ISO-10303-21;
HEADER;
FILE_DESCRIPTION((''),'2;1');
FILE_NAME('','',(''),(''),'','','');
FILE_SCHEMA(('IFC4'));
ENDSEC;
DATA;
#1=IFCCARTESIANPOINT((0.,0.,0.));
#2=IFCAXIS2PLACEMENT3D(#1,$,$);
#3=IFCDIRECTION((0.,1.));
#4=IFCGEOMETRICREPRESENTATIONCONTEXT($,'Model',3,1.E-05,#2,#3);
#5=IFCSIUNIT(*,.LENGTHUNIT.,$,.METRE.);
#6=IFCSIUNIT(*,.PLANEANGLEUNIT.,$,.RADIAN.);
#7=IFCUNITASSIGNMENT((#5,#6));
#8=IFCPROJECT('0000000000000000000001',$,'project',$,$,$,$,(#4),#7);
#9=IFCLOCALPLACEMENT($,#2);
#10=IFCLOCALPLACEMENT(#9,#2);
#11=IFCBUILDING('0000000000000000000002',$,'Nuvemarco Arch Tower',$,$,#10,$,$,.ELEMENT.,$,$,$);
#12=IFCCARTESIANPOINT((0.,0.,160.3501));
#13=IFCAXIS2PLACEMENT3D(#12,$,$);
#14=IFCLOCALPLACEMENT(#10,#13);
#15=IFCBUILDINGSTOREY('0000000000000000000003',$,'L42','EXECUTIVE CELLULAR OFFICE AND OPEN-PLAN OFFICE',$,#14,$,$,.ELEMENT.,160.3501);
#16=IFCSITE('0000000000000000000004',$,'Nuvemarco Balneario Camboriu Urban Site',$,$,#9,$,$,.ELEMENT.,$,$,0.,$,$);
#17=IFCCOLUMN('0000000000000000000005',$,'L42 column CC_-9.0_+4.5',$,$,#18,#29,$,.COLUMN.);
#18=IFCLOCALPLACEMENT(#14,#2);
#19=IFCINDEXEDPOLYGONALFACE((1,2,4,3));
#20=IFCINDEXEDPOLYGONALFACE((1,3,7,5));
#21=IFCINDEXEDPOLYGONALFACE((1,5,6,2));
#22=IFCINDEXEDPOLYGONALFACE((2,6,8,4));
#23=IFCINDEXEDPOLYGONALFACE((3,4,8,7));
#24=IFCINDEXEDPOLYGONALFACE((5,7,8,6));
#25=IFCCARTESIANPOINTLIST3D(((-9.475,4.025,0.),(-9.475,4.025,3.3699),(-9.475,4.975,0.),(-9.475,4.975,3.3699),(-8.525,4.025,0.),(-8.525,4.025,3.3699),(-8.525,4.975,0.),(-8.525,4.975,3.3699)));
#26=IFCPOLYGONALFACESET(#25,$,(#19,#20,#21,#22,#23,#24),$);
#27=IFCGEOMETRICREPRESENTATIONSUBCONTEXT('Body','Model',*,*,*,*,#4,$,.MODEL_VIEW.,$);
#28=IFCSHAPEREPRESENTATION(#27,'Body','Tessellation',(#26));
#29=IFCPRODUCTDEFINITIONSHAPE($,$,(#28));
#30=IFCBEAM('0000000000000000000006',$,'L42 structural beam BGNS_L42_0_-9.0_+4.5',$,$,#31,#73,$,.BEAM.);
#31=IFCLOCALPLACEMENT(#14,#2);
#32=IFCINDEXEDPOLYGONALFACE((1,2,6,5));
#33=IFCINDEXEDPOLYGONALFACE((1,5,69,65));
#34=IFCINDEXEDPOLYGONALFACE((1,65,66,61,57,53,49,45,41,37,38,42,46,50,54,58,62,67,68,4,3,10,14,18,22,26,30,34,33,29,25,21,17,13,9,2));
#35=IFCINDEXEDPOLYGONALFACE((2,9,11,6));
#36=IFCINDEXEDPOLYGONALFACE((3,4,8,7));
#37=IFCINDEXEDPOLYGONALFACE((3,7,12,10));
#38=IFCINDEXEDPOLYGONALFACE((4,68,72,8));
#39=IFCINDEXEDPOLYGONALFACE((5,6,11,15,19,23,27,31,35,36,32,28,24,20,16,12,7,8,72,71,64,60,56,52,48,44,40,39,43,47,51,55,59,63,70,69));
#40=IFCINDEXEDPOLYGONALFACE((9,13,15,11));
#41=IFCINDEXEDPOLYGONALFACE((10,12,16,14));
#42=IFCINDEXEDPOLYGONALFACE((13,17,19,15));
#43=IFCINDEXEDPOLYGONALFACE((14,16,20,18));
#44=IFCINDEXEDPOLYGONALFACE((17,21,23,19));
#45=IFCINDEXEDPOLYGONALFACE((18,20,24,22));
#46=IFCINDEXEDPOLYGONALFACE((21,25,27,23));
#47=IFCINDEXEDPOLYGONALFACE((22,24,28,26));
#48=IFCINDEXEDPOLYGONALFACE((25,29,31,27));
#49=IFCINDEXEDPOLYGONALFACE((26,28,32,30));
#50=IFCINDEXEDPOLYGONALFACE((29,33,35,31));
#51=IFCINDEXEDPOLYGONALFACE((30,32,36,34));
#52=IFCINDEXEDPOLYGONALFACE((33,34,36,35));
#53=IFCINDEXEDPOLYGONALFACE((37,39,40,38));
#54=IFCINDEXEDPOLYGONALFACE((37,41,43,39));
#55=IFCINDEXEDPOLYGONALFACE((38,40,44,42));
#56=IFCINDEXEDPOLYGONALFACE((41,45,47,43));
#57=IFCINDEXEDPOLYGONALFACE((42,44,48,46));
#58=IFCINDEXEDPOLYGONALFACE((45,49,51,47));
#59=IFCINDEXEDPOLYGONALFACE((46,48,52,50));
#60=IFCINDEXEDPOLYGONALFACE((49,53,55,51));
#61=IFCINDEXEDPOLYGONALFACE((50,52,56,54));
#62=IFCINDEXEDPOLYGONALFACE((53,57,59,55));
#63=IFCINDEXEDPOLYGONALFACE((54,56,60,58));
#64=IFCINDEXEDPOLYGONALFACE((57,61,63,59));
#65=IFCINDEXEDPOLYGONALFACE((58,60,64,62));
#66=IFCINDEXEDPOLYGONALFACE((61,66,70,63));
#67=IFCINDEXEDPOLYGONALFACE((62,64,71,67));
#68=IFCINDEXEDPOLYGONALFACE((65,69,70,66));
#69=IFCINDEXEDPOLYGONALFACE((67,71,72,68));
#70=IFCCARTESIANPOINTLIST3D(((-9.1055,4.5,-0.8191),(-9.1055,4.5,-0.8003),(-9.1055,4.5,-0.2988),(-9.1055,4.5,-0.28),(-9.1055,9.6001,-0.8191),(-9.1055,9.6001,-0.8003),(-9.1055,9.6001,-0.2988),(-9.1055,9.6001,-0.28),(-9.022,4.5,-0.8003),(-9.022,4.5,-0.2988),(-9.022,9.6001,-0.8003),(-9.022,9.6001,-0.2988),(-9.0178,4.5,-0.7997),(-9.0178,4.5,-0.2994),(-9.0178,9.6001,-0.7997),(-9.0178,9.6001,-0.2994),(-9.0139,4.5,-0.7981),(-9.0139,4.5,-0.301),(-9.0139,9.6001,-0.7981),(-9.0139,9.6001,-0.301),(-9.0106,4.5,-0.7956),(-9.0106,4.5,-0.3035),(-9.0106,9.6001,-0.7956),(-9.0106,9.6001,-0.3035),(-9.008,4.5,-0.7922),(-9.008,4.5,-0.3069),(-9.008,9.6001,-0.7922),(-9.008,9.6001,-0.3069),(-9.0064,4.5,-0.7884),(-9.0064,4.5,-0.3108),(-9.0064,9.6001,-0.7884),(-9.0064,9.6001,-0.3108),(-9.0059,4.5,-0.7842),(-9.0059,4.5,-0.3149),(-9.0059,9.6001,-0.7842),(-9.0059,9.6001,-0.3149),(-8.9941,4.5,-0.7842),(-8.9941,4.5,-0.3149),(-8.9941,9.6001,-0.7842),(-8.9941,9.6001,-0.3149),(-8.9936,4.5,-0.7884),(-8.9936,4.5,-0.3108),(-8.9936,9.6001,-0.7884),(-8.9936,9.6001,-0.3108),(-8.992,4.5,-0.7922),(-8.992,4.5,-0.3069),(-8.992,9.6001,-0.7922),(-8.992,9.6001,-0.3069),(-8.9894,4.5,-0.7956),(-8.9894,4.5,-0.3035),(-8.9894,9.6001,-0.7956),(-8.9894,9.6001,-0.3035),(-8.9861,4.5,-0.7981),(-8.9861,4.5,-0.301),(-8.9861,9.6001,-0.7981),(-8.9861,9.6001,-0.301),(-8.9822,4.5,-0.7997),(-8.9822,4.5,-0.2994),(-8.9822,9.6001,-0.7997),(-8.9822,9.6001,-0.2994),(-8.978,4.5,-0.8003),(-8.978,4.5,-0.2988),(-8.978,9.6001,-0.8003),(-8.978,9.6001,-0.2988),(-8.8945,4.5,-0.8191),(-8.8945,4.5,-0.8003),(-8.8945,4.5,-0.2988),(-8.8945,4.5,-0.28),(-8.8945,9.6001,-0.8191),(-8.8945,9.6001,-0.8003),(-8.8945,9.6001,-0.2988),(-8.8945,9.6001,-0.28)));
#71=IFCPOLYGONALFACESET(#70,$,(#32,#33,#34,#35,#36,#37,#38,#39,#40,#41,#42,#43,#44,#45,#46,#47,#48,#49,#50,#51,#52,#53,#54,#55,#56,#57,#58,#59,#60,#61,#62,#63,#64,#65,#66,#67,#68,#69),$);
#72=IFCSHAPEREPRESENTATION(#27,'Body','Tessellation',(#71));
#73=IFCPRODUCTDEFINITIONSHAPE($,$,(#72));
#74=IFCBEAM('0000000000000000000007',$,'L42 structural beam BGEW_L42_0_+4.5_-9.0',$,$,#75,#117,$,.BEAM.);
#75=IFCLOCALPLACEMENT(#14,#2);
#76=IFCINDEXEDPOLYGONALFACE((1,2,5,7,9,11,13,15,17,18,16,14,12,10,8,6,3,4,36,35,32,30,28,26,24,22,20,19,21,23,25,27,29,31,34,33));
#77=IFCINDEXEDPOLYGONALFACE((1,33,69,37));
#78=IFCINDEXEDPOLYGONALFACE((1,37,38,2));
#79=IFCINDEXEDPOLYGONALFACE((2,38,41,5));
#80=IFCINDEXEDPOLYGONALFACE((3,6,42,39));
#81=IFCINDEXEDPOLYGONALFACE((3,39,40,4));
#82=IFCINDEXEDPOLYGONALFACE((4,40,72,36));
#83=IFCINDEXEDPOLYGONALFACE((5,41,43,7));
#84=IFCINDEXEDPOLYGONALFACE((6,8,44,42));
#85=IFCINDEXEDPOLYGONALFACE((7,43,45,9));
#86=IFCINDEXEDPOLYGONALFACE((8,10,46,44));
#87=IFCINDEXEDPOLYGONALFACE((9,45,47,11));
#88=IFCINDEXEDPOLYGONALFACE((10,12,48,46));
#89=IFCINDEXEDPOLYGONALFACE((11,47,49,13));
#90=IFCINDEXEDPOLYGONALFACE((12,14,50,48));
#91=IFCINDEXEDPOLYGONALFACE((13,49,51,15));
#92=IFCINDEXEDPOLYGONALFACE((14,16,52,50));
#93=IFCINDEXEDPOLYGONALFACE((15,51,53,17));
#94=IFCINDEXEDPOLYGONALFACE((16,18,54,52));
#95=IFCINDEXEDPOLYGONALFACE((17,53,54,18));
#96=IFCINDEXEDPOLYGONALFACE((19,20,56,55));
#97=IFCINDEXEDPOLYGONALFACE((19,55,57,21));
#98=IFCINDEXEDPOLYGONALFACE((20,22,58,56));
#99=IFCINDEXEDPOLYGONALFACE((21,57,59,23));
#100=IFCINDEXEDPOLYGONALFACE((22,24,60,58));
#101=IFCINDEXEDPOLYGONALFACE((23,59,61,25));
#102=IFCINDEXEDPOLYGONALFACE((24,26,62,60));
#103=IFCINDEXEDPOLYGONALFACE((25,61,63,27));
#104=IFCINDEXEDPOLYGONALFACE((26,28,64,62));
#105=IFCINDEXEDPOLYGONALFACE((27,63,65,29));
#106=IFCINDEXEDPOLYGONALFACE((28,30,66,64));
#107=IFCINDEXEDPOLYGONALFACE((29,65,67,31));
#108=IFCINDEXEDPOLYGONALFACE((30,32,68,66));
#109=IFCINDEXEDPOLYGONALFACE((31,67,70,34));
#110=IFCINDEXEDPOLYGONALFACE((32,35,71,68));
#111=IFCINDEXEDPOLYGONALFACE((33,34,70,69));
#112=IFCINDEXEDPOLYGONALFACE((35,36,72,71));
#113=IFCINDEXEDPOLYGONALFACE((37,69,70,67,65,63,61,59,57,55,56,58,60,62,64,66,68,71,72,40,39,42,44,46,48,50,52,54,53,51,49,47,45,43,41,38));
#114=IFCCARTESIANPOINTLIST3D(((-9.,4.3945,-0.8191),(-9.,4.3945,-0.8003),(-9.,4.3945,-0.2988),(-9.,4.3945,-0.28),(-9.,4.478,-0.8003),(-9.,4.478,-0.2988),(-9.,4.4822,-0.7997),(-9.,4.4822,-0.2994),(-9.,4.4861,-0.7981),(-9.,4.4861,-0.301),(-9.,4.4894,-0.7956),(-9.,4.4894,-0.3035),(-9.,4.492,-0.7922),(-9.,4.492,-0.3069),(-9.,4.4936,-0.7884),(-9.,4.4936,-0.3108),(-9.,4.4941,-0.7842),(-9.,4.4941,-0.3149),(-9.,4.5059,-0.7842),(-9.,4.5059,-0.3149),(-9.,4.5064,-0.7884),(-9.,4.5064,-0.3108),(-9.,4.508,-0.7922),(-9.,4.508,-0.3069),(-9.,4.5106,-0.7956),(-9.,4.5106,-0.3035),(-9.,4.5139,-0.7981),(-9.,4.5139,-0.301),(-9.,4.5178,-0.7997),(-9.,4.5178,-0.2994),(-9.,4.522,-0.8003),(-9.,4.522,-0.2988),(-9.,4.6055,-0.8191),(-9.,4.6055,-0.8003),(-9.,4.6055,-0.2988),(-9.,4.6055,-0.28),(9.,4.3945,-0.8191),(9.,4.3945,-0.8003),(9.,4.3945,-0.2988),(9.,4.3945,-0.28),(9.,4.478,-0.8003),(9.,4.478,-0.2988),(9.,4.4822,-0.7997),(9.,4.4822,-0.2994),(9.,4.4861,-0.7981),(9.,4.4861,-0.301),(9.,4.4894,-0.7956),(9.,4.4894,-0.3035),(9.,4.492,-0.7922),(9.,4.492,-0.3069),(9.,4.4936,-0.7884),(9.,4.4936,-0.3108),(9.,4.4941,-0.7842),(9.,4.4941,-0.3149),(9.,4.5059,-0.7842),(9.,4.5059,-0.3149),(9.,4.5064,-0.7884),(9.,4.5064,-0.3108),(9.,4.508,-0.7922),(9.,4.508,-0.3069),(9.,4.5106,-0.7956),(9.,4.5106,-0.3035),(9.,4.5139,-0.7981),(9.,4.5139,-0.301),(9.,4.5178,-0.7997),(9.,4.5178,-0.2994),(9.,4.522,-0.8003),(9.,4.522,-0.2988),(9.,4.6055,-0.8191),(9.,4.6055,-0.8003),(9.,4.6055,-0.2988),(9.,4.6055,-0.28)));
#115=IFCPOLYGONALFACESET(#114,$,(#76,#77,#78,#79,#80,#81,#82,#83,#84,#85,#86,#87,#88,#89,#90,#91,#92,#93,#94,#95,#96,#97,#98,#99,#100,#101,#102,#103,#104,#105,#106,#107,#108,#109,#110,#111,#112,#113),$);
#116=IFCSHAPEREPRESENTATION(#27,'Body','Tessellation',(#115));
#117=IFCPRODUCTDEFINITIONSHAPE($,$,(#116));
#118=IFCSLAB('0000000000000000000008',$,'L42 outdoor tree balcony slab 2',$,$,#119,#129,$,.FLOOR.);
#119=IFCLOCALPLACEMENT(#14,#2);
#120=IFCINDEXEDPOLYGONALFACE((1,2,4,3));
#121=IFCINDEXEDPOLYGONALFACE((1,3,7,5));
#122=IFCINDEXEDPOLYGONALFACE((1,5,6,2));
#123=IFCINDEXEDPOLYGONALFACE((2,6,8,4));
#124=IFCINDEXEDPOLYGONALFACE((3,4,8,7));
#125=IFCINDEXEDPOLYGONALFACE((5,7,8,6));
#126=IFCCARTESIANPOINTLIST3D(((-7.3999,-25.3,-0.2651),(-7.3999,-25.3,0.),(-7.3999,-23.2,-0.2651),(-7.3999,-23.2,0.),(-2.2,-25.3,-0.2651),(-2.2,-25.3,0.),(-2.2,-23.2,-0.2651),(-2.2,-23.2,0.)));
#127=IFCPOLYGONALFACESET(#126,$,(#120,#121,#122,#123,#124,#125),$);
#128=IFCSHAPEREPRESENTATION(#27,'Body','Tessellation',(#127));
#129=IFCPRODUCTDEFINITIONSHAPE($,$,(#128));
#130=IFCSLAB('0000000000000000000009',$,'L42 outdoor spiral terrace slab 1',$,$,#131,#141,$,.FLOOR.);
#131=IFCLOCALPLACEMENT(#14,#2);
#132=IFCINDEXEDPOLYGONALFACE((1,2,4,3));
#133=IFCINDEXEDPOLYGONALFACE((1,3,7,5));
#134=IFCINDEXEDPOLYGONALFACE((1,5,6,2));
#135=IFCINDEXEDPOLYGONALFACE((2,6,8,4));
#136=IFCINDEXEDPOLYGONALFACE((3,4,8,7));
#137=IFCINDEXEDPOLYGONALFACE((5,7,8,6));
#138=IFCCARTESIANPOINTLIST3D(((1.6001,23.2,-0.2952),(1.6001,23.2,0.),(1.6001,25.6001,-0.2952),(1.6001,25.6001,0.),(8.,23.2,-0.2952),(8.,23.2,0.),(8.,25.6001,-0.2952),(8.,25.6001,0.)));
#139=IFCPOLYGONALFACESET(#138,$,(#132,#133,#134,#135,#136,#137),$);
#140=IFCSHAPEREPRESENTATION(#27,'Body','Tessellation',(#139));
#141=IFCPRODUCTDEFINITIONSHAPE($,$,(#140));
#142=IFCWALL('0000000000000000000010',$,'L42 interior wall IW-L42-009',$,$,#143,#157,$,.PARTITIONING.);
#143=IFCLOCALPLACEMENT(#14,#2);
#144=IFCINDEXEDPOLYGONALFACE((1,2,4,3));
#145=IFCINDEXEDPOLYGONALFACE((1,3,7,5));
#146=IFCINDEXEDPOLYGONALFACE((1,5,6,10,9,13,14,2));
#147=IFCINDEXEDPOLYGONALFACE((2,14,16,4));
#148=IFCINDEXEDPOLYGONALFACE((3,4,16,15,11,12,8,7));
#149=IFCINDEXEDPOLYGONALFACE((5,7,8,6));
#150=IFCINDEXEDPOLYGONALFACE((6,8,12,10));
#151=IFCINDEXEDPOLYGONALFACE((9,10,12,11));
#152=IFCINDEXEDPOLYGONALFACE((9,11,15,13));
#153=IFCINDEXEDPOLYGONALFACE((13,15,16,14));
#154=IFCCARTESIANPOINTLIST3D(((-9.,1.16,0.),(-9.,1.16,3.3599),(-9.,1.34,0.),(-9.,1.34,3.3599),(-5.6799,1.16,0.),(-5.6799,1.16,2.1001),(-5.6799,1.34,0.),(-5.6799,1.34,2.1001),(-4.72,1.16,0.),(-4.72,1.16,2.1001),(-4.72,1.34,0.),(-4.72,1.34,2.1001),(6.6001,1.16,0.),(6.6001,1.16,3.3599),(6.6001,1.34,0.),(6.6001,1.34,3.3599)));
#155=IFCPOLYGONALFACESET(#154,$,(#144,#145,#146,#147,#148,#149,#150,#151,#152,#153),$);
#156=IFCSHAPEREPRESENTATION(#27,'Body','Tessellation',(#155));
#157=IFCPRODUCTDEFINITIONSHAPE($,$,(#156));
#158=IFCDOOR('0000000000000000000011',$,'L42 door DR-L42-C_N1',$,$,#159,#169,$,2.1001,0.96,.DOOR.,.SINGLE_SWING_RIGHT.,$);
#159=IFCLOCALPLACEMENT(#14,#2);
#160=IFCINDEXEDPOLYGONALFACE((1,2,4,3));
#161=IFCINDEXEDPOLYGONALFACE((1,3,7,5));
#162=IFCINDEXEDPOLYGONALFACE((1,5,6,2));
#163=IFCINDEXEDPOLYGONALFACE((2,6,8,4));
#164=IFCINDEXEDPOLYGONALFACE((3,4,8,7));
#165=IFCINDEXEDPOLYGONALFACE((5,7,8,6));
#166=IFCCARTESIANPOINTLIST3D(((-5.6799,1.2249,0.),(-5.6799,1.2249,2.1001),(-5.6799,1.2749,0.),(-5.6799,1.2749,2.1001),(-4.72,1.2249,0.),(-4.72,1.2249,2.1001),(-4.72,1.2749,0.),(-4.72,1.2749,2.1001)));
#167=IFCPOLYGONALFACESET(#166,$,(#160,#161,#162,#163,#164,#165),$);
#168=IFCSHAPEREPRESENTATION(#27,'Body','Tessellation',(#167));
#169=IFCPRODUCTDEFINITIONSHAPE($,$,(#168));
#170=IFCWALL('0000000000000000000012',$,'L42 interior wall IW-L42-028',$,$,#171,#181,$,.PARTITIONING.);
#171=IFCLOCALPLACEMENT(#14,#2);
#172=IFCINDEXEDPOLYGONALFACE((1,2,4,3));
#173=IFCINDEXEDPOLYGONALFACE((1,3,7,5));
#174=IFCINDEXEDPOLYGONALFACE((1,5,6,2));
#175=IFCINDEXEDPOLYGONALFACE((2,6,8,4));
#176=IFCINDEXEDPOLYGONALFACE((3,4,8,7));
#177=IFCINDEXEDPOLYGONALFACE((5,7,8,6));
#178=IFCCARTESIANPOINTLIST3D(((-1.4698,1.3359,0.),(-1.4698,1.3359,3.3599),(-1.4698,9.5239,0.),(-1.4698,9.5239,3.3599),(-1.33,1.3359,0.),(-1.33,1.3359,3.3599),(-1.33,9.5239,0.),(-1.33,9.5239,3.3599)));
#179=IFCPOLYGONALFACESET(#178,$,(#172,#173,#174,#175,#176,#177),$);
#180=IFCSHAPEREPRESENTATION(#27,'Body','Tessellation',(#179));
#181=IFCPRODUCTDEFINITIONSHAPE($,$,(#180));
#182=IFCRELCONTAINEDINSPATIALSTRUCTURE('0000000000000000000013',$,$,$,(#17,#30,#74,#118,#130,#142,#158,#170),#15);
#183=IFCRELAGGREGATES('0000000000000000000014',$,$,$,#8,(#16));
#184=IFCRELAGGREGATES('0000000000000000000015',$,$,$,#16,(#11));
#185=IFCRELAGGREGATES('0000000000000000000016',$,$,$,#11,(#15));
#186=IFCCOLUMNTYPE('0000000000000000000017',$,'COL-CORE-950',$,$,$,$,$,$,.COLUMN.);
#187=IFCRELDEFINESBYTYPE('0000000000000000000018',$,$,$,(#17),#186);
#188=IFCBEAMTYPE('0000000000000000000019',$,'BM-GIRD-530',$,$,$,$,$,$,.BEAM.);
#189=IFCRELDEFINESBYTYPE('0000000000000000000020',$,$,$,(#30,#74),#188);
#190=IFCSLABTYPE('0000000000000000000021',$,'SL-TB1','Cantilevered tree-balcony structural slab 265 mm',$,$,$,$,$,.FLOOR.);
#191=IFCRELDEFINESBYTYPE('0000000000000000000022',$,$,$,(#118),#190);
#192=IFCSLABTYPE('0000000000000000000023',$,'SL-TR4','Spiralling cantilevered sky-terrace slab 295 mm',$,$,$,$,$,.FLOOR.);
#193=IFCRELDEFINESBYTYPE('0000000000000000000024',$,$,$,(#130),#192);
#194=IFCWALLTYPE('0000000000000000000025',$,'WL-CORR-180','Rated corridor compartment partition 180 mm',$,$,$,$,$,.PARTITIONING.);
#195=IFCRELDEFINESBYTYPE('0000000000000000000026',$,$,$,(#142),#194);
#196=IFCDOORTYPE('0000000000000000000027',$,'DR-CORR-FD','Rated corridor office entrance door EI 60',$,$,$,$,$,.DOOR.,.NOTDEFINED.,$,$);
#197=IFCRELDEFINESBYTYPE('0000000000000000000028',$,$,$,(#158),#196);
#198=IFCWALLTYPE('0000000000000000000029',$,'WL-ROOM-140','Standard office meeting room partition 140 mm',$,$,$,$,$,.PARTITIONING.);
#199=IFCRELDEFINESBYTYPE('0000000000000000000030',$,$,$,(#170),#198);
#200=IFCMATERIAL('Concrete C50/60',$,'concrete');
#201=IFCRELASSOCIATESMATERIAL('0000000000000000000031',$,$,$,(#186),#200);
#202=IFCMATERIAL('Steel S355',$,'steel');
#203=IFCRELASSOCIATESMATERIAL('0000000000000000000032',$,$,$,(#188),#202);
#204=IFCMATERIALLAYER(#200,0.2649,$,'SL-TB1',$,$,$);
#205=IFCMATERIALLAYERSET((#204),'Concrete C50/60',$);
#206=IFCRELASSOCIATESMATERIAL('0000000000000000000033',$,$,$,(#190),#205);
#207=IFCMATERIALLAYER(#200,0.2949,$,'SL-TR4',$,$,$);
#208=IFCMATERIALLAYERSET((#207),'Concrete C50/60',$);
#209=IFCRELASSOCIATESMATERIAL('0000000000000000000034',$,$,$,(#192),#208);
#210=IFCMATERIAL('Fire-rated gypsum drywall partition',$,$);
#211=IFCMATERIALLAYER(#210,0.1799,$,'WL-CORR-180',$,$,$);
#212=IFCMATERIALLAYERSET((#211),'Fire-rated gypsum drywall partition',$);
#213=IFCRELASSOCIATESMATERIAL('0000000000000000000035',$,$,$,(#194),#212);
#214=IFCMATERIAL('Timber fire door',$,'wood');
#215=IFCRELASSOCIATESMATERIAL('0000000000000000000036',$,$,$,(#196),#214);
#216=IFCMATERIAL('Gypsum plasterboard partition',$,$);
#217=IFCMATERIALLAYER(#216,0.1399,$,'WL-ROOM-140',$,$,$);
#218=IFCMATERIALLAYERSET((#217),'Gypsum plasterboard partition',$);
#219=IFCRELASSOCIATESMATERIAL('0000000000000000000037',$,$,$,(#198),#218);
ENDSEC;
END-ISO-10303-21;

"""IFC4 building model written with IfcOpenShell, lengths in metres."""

from ifc_helpers import new_model, si_unit, direction, frame, frame_2d, origin, origin_2d, place, context, subcontext, project, spatial, polyline, rectangle, i_section, outline, extrude, source, transform, mapped, material, layer, layer_set, material_profile, profile_set, type_object, type_shapes, element, fill, save


model = new_model("IFC4")

# Units and contexts
model_context = context("Model", 3, precision=1e-05, world=origin(), true_north=direction((0.0, 1.0)))
body_context = subcontext(model_context, "Body", "Model", "MODEL_VIEW")
ifc_project = project(units=[si_unit("LENGTHUNIT", "METRE"), si_unit("PLANEANGLEUNIT", "RADIAN")], contexts=[model_context])

# Site, building, storey
site_placement = place(None, origin())
site = spatial("IfcSite", under=ifc_project, at=site_placement, Name="Nuvemarco Balneario Camboriu Urban Site", CompositionType="ELEMENT", RefElevation=0.0)
building_placement = place(site_placement, origin())
building = spatial("IfcBuilding", under=site, at=building_placement, Name="Nuvemarco Arch Tower", CompositionType="ELEMENT")
storey_placement = place(building_placement, frame((0.0, 0.0, 160.3501)))
storey = spatial("IfcBuildingStorey", under=building, at=storey_placement, Name="L42", Description="EXECUTIVE CELLULAR OFFICE AND OPEN-PLAN OFFICE", CompositionType="ELEMENT", Elevation=160.3501)

# Column
ifc_material_1 = material(Name="Concrete C50/60", Category="concrete")
ifc_material_profile_1 = material_profile(ifc_material_1, rectangle(XDim=0.95, YDim=0.95, at=origin_2d()), Name="RC-COL-950x950")
ifc_profile_set_1 = profile_set([ifc_material_profile_1], Name="Concrete C50/60")
column_type = type_object("IfcColumnType", Name="COL-CORE-950", PredefinedType="COLUMN", material=ifc_profile_set_1)
column_placement = place(storey_placement, frame((-9.0, 4.5, 0.0), z_axis=(0.0, 0.0, 1.0), x_axis=(1.0, 0.0, 0.0)))
element("IfcColumn", 1, at=column_placement, inside=storey, type_object=column_type, Name="L42 column CC_-9.0_+4.5", PredefinedType="COLUMN", context=body_context, shape_type="SweptSolid", body=[
    extrude(rectangle(XDim=0.95, YDim=0.95, at=origin_2d()), origin(), (0.0, 0.0, 1.0), 3.3699),
])

# Beams
ifc_material_2 = material(Name="Steel S355", Category="steel")
ifc_material_profile_2 = material_profile(ifc_material_2, i_section(OverallWidth=0.2109, OverallDepth=0.5391, WebThickness=0.0117, FlangeThickness=0.0188, FilletRadius=0.0161, at=origin_2d()), Name="W530x109")
ifc_profile_set_2 = profile_set([ifc_material_profile_2], Name="Steel S355")
beam_type = type_object("IfcBeamType", Name="BM-GIRD-530", PredefinedType="BEAM", material=ifc_profile_set_2)
beam_1_placement = place(storey_placement, frame((-9.0, 4.5, -0.5496), z_axis=(0.0, 1.0, 0.0), x_axis=(-1.0, 0.0, 0.0)))
element("IfcBeam", 2, at=beam_1_placement, inside=storey, type_object=beam_type, Name="L42 structural beam BGNS_L42_0_-9.0_+4.5", PredefinedType="BEAM", context=body_context, shape_type="SweptSolid", body=[
    extrude(i_section(OverallWidth=0.2109, OverallDepth=0.5391, WebThickness=0.0117, FlangeThickness=0.0188, FilletRadius=0.0161, at=origin_2d()), origin(), (0.0, 0.0, 1.0), 5.1001),
])
beam_2_placement = place(storey_placement, frame((-9.0, 4.5, -0.5496), z_axis=(1.0, 0.0, 0.0), x_axis=(0.0, 1.0, 0.0)))
element("IfcBeam", 3, at=beam_2_placement, inside=storey, type_object=beam_type, Name="L42 structural beam BGEW_L42_0_+4.5_-9.0", PredefinedType="BEAM", context=body_context, shape_type="SweptSolid", body=[
    extrude(i_section(OverallWidth=0.2109, OverallDepth=0.5391, WebThickness=0.0117, FlangeThickness=0.0188, FilletRadius=0.0161, at=origin_2d()), origin(), (0.0, 0.0, 1.0), 18.0),
])

# Slabs
ifc_layer_1 = layer(ifc_material_1, 0.2649, Name="SL-TB1")
ifc_layer_set_1 = layer_set([ifc_layer_1], Name="Concrete C50/60")
slab_type_1 = type_object("IfcSlabType", Name="SL-TB1", Description="Cantilevered tree-balcony structural slab 265 mm", PredefinedType="FLOOR", material=ifc_layer_set_1)
slab_1_placement = place(storey_placement, frame((0.0, 0.0, -0.2651)))
element("IfcSlab", 4, at=slab_1_placement, inside=storey, type_object=slab_type_1, Name="L42 outdoor tree balcony slab 2", PredefinedType="FLOOR", context=body_context, shape_type="SweptSolid", body=[
    extrude(outline(polyline([(-7.3999, -25.3), (-2.2, -25.3), (-2.2, -23.2), (-7.3999, -23.2), (-7.3999, -25.3)])), origin(), (0.0, 0.0, 1.0), 0.2651),
])
ifc_layer_2 = layer(ifc_material_1, 0.2949, Name="SL-TR4")
ifc_layer_set_2 = layer_set([ifc_layer_2], Name="Concrete C50/60")
slab_type_2 = type_object("IfcSlabType", Name="SL-TR4", Description="Spiralling cantilevered sky-terrace slab 295 mm", PredefinedType="FLOOR", material=ifc_layer_set_2)
slab_2_placement = place(storey_placement, frame((0.0, 0.0, -0.2952)))
element("IfcSlab", 5, at=slab_2_placement, inside=storey, type_object=slab_type_2, Name="L42 outdoor spiral terrace slab 1", PredefinedType="FLOOR", context=body_context, shape_type="SweptSolid", body=[
    extrude(outline(polyline([(1.6001, 23.2), (8.0, 23.2), (8.0, 25.6001), (1.6001, 25.6001), (1.6001, 23.2)])), origin(), (0.0, 0.0, 1.0), 0.2952),
])

# Wall, opening, door
ifc_material_3 = material(Name="Fire-rated gypsum drywall partition")
ifc_layer_3 = layer(ifc_material_3, 0.1799, Name="WL-CORR-180")
ifc_layer_set_3 = layer_set([ifc_layer_3], Name="Fire-rated gypsum drywall partition")
wall_type_1 = type_object("IfcWallType", Name="WL-CORR-180", Description="Rated corridor compartment partition 180 mm", PredefinedType="PARTITIONING", material=ifc_layer_set_3)
wall_1_placement = place(storey_placement, frame((-9.0, 1.25, 0.0), z_axis=(0.0, 0.0, 1.0), x_axis=(1.0, 0.0, 0.0)))
wall_1 = element("IfcWall", 6, at=wall_1_placement, inside=storey, type_object=wall_type_1, Name="L42 interior wall IW-L42-009", PredefinedType="PARTITIONING", context=body_context, shape_type="SweptSolid", body=[
    extrude(rectangle(XDim=15.6001, YDim=0.1799, at=frame_2d((7.8, 0.0))), origin(), (0.0, 0.0, 1.0), 3.3599),
])
opening_1_placement = place(wall_1_placement, frame((3.3201, 0.0, 0.0)))
opening_1 = element("IfcOpeningElement", 7, at=opening_1_placement, cuts=wall_1, PredefinedType="OPENING", context=body_context, shape_type="SweptSolid", body=[
    extrude(rectangle(XDim=0.96, YDim=2.1001, at=frame_2d((0.48, 1.05))), frame((0.0, 0.0999, 0.0), z_axis=(0.0, -1.0, 0.0), x_axis=(1.0, 0.0, 0.0)), (0.0, 0.0, 1.0), 0.2),
])
ifc_material_4 = material(Name="Timber fire door", Category="wood")
door_type_1 = type_object("IfcDoorType", Name="DR-CORR-FD", Description="Rated corridor office entrance door EI 60", OperationType="NOTDEFINED", PredefinedType="DOOR", material=ifc_material_4)
shared_shape_1 = source(origin(), body_context, "Body", "SweptSolid", [
    extrude(rectangle(XDim=0.96, YDim=2.1001, at=frame_2d((0.48, 1.05))), frame((0.0, 0.0249, 0.0), z_axis=(0.0, -1.0, 0.0), x_axis=(1.0, 0.0, 0.0)), (0.0, 0.0, 1.0), 0.05),
])
type_shapes(door_type_1, [shared_shape_1])
door_1_placement = place(opening_1_placement, origin())
door_1 = element("IfcDoor", 8, at=door_1_placement, inside=storey, type_object=door_type_1, Name="L42 door DR-L42-C_N1", OperationType="SINGLE_SWING_RIGHT", OverallHeight=2.1001, OverallWidth=0.96, PredefinedType="DOOR", context=body_context, shape_type="MappedRepresentation", body=[
    mapped(shared_shape_1, transform((0.0, 0.0, 0.0), scale=1.0)),
])
fill(opening_1, door_1)

# Wall
ifc_material_5 = material(Name="Gypsum plasterboard partition")
ifc_layer_4 = layer(ifc_material_5, 0.1399, Name="WL-ROOM-140")
ifc_layer_set_4 = layer_set([ifc_layer_4], Name="Gypsum plasterboard partition")
wall_type_2 = type_object("IfcWallType", Name="WL-ROOM-140", Description="Standard office meeting room partition 140 mm", PredefinedType="PARTITIONING", material=ifc_layer_set_4)
wall_2_placement = place(storey_placement, frame((-1.3999, 1.3359, 0.0), z_axis=(0.0, 0.0, 1.0), x_axis=(0.0, 1.0, 0.0)))
element("IfcWall", 9, at=wall_2_placement, inside=storey, type_object=wall_type_2, Name="L42 interior wall IW-L42-028", PredefinedType="PARTITIONING", context=body_context, shape_type="SweptSolid", body=[
    extrude(rectangle(XDim=8.188, YDim=0.1399, at=frame_2d((4.094, 0.0))), origin(), (0.0, 0.0, 1.0), 3.3599),
])

save(model, "model.ifc")
